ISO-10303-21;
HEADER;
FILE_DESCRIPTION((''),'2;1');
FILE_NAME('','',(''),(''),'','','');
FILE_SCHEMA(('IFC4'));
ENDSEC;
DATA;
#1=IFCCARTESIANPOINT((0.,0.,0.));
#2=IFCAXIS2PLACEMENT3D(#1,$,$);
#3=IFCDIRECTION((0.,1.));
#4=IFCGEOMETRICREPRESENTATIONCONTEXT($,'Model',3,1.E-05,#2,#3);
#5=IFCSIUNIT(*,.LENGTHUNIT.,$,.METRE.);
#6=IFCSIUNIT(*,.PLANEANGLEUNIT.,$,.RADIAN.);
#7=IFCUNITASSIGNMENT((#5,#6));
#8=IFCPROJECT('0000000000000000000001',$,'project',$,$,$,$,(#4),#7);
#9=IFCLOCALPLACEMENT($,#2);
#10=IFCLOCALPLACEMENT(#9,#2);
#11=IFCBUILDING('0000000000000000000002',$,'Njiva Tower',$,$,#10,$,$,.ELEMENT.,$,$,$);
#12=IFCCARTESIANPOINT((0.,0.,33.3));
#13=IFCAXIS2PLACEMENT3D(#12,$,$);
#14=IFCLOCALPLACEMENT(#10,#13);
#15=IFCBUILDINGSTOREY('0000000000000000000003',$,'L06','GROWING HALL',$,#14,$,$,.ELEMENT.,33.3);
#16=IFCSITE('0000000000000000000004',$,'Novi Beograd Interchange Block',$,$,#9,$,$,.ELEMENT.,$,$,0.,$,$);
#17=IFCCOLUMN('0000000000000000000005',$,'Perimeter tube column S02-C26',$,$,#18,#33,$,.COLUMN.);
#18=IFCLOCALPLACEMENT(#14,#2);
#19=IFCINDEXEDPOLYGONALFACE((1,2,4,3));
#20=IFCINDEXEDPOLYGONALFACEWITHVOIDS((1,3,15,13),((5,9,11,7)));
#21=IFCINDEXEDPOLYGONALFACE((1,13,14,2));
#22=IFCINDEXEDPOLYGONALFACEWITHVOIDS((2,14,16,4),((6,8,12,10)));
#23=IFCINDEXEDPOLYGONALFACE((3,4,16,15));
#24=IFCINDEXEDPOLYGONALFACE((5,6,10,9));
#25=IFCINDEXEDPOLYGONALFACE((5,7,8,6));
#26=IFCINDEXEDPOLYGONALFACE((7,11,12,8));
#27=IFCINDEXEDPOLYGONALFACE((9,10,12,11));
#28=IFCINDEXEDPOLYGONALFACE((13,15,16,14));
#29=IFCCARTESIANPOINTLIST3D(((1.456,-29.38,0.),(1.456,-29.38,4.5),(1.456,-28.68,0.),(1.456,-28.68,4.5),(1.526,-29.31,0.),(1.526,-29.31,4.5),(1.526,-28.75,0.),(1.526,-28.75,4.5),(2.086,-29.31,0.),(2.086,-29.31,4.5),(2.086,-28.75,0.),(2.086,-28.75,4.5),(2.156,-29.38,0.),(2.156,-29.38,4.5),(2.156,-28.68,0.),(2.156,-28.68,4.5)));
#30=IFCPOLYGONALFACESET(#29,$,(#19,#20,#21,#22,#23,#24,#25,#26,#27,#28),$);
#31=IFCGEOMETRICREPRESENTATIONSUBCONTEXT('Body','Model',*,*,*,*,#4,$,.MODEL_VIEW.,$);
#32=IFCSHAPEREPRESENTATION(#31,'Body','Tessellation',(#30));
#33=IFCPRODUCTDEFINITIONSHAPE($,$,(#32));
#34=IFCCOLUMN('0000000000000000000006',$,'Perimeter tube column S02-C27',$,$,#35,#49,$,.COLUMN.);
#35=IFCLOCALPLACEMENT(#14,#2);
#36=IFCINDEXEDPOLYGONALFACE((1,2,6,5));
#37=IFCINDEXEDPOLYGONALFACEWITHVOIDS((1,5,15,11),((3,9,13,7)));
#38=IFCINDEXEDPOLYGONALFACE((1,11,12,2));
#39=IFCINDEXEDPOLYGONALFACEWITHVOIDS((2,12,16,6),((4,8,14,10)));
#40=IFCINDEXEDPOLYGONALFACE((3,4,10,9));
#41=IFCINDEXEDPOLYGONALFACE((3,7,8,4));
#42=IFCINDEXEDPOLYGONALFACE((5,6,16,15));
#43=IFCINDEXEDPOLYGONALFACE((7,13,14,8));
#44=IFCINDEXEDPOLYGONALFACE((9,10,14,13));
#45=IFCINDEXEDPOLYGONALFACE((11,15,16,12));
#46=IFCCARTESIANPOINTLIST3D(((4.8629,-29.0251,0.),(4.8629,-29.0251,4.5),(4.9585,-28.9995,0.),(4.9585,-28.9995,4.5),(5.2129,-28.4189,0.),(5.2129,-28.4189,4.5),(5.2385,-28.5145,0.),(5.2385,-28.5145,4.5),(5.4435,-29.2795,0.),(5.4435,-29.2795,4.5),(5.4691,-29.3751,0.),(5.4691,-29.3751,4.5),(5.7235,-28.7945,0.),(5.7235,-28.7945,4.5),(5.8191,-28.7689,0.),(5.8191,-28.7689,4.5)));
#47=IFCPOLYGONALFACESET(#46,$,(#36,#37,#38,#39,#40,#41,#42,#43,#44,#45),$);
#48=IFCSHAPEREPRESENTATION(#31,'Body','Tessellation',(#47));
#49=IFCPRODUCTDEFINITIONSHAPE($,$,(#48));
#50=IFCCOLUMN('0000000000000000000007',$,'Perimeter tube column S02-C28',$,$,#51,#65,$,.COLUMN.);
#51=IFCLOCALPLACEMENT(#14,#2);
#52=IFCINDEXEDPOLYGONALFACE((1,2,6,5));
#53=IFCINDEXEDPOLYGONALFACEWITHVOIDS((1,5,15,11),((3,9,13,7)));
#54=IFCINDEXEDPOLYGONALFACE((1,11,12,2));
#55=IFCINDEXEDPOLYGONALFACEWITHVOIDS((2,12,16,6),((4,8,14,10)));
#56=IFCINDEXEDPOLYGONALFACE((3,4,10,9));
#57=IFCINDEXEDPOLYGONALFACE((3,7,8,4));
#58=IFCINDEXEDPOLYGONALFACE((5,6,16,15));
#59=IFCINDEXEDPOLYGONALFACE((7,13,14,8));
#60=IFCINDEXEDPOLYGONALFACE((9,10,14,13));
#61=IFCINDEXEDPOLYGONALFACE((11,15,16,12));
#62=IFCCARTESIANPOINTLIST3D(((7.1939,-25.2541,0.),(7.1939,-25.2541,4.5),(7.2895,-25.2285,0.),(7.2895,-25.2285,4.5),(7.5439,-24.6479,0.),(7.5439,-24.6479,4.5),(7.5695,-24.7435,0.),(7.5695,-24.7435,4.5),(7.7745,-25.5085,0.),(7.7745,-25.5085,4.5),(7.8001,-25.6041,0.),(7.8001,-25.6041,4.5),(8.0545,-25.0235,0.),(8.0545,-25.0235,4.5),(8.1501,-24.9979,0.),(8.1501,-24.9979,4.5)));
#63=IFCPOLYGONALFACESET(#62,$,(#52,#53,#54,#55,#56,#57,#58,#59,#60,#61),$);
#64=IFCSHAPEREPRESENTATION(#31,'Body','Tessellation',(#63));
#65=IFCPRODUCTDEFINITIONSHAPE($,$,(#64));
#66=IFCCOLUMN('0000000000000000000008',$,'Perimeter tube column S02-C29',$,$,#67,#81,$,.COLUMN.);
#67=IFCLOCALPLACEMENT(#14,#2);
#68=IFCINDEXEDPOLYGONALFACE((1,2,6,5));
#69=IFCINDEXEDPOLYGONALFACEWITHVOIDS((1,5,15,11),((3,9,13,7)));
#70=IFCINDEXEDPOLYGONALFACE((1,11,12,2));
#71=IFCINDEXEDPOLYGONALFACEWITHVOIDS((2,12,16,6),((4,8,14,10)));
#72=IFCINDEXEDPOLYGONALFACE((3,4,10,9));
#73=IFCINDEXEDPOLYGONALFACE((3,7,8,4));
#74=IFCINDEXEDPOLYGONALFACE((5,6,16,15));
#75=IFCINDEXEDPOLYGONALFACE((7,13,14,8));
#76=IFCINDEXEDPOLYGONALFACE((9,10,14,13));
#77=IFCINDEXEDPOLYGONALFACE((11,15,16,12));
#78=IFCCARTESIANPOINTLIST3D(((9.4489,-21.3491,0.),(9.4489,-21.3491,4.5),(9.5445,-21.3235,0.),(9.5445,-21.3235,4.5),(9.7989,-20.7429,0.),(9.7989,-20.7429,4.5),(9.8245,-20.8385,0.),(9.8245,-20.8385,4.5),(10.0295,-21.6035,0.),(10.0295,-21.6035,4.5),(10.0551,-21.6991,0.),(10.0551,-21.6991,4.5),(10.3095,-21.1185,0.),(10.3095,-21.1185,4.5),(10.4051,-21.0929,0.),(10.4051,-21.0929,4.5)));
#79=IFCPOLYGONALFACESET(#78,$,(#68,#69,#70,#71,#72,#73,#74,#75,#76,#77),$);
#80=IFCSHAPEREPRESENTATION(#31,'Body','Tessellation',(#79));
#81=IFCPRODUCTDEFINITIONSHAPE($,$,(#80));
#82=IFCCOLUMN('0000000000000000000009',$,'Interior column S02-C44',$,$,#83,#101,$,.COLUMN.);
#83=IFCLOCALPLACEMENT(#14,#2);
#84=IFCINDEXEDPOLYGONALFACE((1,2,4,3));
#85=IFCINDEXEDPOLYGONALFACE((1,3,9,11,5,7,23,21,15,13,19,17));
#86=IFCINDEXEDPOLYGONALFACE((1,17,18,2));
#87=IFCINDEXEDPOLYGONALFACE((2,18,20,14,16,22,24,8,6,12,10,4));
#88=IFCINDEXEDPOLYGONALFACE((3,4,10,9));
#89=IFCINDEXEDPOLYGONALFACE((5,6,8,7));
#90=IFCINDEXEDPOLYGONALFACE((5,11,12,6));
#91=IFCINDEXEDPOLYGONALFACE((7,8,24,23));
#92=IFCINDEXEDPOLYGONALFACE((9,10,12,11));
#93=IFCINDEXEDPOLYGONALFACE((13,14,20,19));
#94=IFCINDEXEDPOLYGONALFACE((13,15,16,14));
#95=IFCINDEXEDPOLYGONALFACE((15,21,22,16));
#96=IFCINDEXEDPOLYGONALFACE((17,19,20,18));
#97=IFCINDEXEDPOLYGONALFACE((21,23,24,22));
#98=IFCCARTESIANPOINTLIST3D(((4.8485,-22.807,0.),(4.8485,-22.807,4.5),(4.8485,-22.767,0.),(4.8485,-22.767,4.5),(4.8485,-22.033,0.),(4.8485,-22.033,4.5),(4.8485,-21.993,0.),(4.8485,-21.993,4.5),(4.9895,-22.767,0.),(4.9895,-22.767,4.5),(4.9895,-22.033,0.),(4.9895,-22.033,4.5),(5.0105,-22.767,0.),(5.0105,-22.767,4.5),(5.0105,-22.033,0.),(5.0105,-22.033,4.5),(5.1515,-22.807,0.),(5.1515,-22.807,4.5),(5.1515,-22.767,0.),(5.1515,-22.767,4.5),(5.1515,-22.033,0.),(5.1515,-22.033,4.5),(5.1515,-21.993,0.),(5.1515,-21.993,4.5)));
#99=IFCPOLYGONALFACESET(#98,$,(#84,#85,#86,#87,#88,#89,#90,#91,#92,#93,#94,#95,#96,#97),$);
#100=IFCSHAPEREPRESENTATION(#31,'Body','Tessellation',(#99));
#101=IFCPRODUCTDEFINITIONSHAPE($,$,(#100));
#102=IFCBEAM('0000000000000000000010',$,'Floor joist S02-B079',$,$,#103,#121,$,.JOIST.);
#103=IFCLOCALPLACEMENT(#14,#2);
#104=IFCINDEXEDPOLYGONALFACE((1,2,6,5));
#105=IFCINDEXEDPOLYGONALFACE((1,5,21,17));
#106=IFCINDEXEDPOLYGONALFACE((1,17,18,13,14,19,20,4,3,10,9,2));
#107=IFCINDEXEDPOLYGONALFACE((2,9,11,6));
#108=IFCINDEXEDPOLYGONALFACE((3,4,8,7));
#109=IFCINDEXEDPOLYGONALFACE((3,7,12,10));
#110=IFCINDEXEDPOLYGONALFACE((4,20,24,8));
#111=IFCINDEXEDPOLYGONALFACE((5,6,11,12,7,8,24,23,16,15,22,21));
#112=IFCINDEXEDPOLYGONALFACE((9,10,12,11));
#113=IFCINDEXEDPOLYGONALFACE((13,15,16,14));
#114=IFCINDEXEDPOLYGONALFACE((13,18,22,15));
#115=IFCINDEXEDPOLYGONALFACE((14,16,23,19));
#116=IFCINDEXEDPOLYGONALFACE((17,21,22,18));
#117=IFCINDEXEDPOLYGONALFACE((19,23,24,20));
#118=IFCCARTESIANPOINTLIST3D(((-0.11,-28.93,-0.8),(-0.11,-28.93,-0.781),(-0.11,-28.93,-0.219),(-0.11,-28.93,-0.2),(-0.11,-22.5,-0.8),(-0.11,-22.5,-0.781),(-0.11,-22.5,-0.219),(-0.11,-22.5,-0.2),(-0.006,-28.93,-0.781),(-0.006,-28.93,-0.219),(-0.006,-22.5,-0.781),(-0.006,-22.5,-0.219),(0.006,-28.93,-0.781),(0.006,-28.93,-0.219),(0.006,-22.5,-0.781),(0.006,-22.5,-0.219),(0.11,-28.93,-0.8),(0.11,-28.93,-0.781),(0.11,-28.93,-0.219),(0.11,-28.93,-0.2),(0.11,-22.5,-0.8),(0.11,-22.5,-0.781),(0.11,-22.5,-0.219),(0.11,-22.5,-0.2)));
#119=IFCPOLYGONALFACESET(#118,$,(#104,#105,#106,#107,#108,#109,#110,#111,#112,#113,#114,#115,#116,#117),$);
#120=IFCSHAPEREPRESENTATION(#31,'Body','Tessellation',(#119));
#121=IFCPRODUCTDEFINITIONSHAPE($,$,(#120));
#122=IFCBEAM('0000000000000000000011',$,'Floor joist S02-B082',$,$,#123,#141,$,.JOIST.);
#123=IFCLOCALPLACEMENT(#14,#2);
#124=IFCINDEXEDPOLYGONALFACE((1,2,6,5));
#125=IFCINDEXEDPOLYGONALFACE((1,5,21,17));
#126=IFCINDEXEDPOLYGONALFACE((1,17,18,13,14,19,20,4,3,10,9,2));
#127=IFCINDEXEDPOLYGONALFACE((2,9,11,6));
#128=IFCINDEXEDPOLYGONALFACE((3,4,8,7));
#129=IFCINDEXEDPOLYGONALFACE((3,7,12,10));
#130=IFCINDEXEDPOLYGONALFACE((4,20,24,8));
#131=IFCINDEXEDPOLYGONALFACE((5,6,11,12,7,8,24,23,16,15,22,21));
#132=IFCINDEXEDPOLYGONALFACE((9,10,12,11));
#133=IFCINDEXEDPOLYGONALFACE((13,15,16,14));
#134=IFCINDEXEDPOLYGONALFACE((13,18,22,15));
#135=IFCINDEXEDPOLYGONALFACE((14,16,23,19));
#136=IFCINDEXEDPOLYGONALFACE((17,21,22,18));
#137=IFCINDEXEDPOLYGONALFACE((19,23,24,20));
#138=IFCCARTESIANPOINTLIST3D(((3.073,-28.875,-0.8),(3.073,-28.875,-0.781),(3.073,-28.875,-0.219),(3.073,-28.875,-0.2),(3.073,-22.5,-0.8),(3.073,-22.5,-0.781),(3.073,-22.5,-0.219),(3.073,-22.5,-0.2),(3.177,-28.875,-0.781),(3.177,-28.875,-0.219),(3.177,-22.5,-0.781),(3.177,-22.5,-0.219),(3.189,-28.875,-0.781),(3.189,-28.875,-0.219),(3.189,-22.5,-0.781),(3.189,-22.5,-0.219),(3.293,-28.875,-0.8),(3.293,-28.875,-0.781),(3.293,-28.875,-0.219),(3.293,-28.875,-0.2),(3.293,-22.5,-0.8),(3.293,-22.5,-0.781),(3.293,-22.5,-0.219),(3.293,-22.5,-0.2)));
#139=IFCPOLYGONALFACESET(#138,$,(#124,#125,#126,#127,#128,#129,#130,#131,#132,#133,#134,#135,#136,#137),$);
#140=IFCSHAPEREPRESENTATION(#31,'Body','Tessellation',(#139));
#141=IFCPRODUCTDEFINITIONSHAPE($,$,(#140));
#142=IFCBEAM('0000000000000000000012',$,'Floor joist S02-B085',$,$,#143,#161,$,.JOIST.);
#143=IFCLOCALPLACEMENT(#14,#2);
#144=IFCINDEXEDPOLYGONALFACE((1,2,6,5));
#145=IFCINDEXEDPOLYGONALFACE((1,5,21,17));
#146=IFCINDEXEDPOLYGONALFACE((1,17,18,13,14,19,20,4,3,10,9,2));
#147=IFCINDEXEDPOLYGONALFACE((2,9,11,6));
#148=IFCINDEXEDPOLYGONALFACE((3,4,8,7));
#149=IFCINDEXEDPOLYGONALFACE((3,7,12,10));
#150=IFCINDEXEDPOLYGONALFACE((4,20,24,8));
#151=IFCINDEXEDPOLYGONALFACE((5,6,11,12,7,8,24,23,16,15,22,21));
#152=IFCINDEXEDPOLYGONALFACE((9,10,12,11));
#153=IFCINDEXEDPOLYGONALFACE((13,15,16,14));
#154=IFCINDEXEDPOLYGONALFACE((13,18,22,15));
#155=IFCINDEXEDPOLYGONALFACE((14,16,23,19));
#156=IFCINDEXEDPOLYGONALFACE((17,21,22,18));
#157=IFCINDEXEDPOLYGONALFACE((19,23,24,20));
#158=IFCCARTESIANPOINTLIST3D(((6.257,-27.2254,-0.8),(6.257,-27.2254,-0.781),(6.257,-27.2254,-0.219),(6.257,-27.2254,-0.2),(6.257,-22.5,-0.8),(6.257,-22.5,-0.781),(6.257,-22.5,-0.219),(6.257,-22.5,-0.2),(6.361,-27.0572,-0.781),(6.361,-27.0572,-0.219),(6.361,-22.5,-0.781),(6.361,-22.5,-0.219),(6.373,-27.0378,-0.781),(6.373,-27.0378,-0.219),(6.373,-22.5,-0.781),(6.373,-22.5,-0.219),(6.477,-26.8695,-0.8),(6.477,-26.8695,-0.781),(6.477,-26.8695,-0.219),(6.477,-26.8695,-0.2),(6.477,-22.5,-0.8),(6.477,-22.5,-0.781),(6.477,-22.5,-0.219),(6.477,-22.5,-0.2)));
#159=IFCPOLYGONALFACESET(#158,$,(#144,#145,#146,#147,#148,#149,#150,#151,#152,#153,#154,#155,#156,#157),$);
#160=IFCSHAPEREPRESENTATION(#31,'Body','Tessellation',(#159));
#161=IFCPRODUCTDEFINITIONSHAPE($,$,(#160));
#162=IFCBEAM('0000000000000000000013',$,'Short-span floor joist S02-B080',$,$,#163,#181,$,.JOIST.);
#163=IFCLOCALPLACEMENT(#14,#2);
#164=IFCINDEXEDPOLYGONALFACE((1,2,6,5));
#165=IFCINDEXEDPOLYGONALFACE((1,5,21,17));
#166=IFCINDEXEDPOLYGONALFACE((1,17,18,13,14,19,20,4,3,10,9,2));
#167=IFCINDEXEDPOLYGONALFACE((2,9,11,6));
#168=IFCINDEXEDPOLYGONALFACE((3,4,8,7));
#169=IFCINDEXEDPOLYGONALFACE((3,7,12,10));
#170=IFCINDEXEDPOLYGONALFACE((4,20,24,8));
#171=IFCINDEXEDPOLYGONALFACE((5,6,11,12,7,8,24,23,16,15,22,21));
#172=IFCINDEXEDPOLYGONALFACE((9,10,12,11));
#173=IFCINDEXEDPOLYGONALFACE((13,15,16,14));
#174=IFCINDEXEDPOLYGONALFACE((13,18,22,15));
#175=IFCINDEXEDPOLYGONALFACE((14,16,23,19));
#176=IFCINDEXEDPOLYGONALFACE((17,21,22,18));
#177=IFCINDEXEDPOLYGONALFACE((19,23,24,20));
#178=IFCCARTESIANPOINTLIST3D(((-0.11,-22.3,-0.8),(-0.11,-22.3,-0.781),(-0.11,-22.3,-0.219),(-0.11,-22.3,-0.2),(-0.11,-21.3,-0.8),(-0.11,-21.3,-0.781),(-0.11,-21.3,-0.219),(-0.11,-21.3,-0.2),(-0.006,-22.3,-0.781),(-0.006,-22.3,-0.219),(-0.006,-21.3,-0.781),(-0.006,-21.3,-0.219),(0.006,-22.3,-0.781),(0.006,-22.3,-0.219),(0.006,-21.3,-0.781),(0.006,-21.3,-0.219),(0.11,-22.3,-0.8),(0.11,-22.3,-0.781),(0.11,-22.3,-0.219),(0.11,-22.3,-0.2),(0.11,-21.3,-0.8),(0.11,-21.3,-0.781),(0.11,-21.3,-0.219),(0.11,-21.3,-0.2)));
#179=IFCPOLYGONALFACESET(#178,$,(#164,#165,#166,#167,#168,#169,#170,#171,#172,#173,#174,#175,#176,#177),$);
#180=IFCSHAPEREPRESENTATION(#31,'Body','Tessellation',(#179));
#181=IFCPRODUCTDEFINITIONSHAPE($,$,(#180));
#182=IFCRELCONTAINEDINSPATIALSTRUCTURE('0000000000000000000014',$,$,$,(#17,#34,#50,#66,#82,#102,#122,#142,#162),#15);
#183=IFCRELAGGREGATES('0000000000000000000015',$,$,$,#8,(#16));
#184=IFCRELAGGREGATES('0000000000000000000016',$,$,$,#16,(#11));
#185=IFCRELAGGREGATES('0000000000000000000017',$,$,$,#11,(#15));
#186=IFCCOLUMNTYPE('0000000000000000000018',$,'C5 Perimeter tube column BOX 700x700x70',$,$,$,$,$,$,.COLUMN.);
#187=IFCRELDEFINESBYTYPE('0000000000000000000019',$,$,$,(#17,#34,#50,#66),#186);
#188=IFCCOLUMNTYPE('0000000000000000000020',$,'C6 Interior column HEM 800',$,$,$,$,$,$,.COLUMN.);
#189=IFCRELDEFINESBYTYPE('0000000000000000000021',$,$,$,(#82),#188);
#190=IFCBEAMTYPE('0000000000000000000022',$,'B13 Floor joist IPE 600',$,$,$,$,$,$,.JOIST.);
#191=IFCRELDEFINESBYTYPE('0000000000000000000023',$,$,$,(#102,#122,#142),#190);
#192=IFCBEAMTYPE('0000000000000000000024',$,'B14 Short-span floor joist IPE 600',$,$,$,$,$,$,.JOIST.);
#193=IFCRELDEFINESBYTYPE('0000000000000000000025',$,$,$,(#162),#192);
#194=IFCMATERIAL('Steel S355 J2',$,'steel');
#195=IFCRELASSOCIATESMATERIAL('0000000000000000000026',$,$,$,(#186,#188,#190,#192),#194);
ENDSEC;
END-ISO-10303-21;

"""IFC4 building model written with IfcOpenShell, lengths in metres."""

from ifc_helpers import new_model, si_unit, direction, frame, origin, origin_2d, place, context, subcontext, project, spatial, hollow_rectangle, i_section, extrude, clip, halfspace, material, material_profile, profile_set, type_object, element, save


model = new_model("IFC4")

# Units and contexts
model_context = context("Model", 3, precision=1e-05, world=origin(), true_north=direction((0.0, 1.0)))
body_context = subcontext(model_context, "Body", "Model", "MODEL_VIEW")
ifc_project = project(units=[si_unit("LENGTHUNIT", "METRE"), si_unit("PLANEANGLEUNIT", "RADIAN")], contexts=[model_context])

# Site, building, storey
site_placement = place(None, origin())
site = spatial("IfcSite", under=ifc_project, at=site_placement, Name="Novi Beograd Interchange Block", CompositionType="ELEMENT", RefElevation=0.0)
building_placement = place(site_placement, origin())
building = spatial("IfcBuilding", under=site, at=building_placement, Name="Njiva Tower", CompositionType="ELEMENT")
storey_placement = place(building_placement, frame((0.0, 0.0, 33.3)))
storey = spatial("IfcBuildingStorey", under=building, at=storey_placement, Name="L06", Description="GROWING HALL", CompositionType="ELEMENT", Elevation=33.3)

# Columns
ifc_material_1 = material(Name="Steel S355 J2", Category="steel")
ifc_material_profile_1 = material_profile(ifc_material_1, hollow_rectangle(XDim=0.7, YDim=0.7, WallThickness=0.07, at=origin_2d()), Name="BOX 700x700x70")
ifc_profile_set_1 = profile_set([ifc_material_profile_1], Name="Steel S355 J2")
column_type_1 = type_object("IfcColumnType", Name="C5 Perimeter tube column BOX 700x700x70", PredefinedType="COLUMN", material=ifc_profile_set_1)
for number, where, z_axis, x_axis, name in (
    (1, (1.806, -29.03, 0.0), (0.0, 0.0, 1.0), (1.0, 0.0, 0.0), "Perimeter tube column S02-C26"),
    (2, (5.341, -28.897, 0.0), (0.0, 0.0, 1.0), (0.5, 0.866025, 0.0), "Perimeter tube column S02-C27"),
    (3, (7.672, -25.126, 0.0), (0.0, 0.0, 1.0), (0.5, 0.866025, 0.0), "Perimeter tube column S02-C28"),
    (4, (9.927, -21.221, 0.0), (0.0, 0.0, 1.0), (0.5, 0.866025, 0.0), "Perimeter tube column S02-C29"),
):
    element("IfcColumn", number, at=place(storey_placement, frame(where, z_axis=z_axis, x_axis=x_axis)), inside=storey, type_object=column_type_1, Name=name, PredefinedType="COLUMN", context=body_context, shape_type="SweptSolid", body=[
        extrude(hollow_rectangle(XDim=0.7, YDim=0.7, WallThickness=0.07, at=origin_2d()), origin(), (0.0, 0.0, 1.0), 4.5),
    ])
ifc_material_profile_2 = material_profile(ifc_material_1, i_section(OverallWidth=0.303, OverallDepth=0.814, WebThickness=0.021, FlangeThickness=0.04, at=origin_2d()), Name="HEM 800")
ifc_profile_set_2 = profile_set([ifc_material_profile_2], Name="Steel S355 J2")
column_type_2 = type_object("IfcColumnType", Name="C6 Interior column HEM 800", PredefinedType="COLUMN", material=ifc_profile_set_2)
column_placement = place(storey_placement, frame((5.0, -22.4, 0.0), z_axis=(0.0, 0.0, 1.0), x_axis=(1.0, 0.0, 0.0)))
element("IfcColumn", 5, at=column_placement, inside=storey, type_object=column_type_2, Name="Interior column S02-C44", PredefinedType="COLUMN", context=body_context, shape_type="SweptSolid", body=[
    extrude(i_section(OverallWidth=0.303, OverallDepth=0.814, WebThickness=0.021, FlangeThickness=0.04, at=origin_2d()), origin(), (0.0, 0.0, 1.0), 4.5),
])

# Beams
ifc_material_profile_3 = material_profile(ifc_material_1, i_section(OverallWidth=0.22, OverallDepth=0.6, WebThickness=0.012, FlangeThickness=0.019, at=origin_2d()), Name="IPE 600")
ifc_profile_set_3 = profile_set([ifc_material_profile_3], Name="Steel S355 J2")
beam_type_1 = type_object("IfcBeamType", Name="B13 Floor joist IPE 600", PredefinedType="JOIST", material=ifc_profile_set_3)
beam_1_placement = place(storey_placement, frame((0.0, -22.5, -0.5), z_axis=(0.0, -1.0, 0.0), x_axis=(1.0, 0.0, 0.0)))
element("IfcBeam", 6, at=beam_1_placement, inside=storey, type_object=beam_type_1, Name="Floor joist S02-B079", PredefinedType="JOIST", context=body_context, shape_type="SweptSolid", body=[
    extrude(i_section(OverallWidth=0.22, OverallDepth=0.6, WebThickness=0.012, FlangeThickness=0.019, at=origin_2d()), origin(), (0.0, 0.0, 1.0), 6.43),
])
beam_2_placement = place(storey_placement, frame((3.183, -22.5, -0.5), z_axis=(0.0, -1.0, 0.0), x_axis=(1.0, 0.0, 0.0)))
element("IfcBeam", 7, at=beam_2_placement, inside=storey, type_object=beam_type_1, Name="Floor joist S02-B082", PredefinedType="JOIST", context=body_context, shape_type="SweptSolid", body=[
    extrude(i_section(OverallWidth=0.22, OverallDepth=0.6, WebThickness=0.012, FlangeThickness=0.019, at=origin_2d()), origin(), (0.0, 0.0, 1.0), 6.375),
])
beam_3_placement = place(storey_placement, frame((6.367, -22.5, -0.5), z_axis=(0.0, -1.0, 0.0), x_axis=(1.0, 0.0, 0.0)))
element("IfcBeam", 8, at=beam_3_placement, inside=storey, type_object=beam_type_1, Name="Floor joist S02-B085", PredefinedType="JOIST", context=body_context, shape_type="Clipping", body=[
    clip(extrude(i_section(OverallWidth=0.22, OverallDepth=0.6, WebThickness=0.012, FlangeThickness=0.019, at=origin_2d()), origin(), (0.0, 0.0, 1.0), 4.746), halfspace(frame((0.0422, 0.0, 4.4792), z_axis=(0.850625, 0.0, 0.525773), x_axis=(0.0, 1.0, 0.0)), False)),
])
ifc_material_profile_4 = material_profile(ifc_material_1, i_section(OverallWidth=0.22, OverallDepth=0.6, WebThickness=0.012, FlangeThickness=0.019, at=origin_2d()), Name="IPE 600")
ifc_profile_set_4 = profile_set([ifc_material_profile_4], Name="Steel S355 J2")
beam_type_2 = type_object("IfcBeamType", Name="B14 Short-span floor joist IPE 600", PredefinedType="JOIST", material=ifc_profile_set_4)
beam_4_placement = place(storey_placement, frame((0.0, -21.3, -0.5), z_axis=(0.0, -1.0, 0.0), x_axis=(1.0, 0.0, 0.0)))
element("IfcBeam", 9, at=beam_4_placement, inside=storey, type_object=beam_type_2, Name="Short-span floor joist S02-B080", PredefinedType="JOIST", context=body_context, shape_type="SweptSolid", body=[
    extrude(i_section(OverallWidth=0.22, OverallDepth=0.6, WebThickness=0.012, FlangeThickness=0.019, at=origin_2d()), origin(), (0.0, 0.0, 1.0), 1.0),
])

save(model, "model.ifc")
